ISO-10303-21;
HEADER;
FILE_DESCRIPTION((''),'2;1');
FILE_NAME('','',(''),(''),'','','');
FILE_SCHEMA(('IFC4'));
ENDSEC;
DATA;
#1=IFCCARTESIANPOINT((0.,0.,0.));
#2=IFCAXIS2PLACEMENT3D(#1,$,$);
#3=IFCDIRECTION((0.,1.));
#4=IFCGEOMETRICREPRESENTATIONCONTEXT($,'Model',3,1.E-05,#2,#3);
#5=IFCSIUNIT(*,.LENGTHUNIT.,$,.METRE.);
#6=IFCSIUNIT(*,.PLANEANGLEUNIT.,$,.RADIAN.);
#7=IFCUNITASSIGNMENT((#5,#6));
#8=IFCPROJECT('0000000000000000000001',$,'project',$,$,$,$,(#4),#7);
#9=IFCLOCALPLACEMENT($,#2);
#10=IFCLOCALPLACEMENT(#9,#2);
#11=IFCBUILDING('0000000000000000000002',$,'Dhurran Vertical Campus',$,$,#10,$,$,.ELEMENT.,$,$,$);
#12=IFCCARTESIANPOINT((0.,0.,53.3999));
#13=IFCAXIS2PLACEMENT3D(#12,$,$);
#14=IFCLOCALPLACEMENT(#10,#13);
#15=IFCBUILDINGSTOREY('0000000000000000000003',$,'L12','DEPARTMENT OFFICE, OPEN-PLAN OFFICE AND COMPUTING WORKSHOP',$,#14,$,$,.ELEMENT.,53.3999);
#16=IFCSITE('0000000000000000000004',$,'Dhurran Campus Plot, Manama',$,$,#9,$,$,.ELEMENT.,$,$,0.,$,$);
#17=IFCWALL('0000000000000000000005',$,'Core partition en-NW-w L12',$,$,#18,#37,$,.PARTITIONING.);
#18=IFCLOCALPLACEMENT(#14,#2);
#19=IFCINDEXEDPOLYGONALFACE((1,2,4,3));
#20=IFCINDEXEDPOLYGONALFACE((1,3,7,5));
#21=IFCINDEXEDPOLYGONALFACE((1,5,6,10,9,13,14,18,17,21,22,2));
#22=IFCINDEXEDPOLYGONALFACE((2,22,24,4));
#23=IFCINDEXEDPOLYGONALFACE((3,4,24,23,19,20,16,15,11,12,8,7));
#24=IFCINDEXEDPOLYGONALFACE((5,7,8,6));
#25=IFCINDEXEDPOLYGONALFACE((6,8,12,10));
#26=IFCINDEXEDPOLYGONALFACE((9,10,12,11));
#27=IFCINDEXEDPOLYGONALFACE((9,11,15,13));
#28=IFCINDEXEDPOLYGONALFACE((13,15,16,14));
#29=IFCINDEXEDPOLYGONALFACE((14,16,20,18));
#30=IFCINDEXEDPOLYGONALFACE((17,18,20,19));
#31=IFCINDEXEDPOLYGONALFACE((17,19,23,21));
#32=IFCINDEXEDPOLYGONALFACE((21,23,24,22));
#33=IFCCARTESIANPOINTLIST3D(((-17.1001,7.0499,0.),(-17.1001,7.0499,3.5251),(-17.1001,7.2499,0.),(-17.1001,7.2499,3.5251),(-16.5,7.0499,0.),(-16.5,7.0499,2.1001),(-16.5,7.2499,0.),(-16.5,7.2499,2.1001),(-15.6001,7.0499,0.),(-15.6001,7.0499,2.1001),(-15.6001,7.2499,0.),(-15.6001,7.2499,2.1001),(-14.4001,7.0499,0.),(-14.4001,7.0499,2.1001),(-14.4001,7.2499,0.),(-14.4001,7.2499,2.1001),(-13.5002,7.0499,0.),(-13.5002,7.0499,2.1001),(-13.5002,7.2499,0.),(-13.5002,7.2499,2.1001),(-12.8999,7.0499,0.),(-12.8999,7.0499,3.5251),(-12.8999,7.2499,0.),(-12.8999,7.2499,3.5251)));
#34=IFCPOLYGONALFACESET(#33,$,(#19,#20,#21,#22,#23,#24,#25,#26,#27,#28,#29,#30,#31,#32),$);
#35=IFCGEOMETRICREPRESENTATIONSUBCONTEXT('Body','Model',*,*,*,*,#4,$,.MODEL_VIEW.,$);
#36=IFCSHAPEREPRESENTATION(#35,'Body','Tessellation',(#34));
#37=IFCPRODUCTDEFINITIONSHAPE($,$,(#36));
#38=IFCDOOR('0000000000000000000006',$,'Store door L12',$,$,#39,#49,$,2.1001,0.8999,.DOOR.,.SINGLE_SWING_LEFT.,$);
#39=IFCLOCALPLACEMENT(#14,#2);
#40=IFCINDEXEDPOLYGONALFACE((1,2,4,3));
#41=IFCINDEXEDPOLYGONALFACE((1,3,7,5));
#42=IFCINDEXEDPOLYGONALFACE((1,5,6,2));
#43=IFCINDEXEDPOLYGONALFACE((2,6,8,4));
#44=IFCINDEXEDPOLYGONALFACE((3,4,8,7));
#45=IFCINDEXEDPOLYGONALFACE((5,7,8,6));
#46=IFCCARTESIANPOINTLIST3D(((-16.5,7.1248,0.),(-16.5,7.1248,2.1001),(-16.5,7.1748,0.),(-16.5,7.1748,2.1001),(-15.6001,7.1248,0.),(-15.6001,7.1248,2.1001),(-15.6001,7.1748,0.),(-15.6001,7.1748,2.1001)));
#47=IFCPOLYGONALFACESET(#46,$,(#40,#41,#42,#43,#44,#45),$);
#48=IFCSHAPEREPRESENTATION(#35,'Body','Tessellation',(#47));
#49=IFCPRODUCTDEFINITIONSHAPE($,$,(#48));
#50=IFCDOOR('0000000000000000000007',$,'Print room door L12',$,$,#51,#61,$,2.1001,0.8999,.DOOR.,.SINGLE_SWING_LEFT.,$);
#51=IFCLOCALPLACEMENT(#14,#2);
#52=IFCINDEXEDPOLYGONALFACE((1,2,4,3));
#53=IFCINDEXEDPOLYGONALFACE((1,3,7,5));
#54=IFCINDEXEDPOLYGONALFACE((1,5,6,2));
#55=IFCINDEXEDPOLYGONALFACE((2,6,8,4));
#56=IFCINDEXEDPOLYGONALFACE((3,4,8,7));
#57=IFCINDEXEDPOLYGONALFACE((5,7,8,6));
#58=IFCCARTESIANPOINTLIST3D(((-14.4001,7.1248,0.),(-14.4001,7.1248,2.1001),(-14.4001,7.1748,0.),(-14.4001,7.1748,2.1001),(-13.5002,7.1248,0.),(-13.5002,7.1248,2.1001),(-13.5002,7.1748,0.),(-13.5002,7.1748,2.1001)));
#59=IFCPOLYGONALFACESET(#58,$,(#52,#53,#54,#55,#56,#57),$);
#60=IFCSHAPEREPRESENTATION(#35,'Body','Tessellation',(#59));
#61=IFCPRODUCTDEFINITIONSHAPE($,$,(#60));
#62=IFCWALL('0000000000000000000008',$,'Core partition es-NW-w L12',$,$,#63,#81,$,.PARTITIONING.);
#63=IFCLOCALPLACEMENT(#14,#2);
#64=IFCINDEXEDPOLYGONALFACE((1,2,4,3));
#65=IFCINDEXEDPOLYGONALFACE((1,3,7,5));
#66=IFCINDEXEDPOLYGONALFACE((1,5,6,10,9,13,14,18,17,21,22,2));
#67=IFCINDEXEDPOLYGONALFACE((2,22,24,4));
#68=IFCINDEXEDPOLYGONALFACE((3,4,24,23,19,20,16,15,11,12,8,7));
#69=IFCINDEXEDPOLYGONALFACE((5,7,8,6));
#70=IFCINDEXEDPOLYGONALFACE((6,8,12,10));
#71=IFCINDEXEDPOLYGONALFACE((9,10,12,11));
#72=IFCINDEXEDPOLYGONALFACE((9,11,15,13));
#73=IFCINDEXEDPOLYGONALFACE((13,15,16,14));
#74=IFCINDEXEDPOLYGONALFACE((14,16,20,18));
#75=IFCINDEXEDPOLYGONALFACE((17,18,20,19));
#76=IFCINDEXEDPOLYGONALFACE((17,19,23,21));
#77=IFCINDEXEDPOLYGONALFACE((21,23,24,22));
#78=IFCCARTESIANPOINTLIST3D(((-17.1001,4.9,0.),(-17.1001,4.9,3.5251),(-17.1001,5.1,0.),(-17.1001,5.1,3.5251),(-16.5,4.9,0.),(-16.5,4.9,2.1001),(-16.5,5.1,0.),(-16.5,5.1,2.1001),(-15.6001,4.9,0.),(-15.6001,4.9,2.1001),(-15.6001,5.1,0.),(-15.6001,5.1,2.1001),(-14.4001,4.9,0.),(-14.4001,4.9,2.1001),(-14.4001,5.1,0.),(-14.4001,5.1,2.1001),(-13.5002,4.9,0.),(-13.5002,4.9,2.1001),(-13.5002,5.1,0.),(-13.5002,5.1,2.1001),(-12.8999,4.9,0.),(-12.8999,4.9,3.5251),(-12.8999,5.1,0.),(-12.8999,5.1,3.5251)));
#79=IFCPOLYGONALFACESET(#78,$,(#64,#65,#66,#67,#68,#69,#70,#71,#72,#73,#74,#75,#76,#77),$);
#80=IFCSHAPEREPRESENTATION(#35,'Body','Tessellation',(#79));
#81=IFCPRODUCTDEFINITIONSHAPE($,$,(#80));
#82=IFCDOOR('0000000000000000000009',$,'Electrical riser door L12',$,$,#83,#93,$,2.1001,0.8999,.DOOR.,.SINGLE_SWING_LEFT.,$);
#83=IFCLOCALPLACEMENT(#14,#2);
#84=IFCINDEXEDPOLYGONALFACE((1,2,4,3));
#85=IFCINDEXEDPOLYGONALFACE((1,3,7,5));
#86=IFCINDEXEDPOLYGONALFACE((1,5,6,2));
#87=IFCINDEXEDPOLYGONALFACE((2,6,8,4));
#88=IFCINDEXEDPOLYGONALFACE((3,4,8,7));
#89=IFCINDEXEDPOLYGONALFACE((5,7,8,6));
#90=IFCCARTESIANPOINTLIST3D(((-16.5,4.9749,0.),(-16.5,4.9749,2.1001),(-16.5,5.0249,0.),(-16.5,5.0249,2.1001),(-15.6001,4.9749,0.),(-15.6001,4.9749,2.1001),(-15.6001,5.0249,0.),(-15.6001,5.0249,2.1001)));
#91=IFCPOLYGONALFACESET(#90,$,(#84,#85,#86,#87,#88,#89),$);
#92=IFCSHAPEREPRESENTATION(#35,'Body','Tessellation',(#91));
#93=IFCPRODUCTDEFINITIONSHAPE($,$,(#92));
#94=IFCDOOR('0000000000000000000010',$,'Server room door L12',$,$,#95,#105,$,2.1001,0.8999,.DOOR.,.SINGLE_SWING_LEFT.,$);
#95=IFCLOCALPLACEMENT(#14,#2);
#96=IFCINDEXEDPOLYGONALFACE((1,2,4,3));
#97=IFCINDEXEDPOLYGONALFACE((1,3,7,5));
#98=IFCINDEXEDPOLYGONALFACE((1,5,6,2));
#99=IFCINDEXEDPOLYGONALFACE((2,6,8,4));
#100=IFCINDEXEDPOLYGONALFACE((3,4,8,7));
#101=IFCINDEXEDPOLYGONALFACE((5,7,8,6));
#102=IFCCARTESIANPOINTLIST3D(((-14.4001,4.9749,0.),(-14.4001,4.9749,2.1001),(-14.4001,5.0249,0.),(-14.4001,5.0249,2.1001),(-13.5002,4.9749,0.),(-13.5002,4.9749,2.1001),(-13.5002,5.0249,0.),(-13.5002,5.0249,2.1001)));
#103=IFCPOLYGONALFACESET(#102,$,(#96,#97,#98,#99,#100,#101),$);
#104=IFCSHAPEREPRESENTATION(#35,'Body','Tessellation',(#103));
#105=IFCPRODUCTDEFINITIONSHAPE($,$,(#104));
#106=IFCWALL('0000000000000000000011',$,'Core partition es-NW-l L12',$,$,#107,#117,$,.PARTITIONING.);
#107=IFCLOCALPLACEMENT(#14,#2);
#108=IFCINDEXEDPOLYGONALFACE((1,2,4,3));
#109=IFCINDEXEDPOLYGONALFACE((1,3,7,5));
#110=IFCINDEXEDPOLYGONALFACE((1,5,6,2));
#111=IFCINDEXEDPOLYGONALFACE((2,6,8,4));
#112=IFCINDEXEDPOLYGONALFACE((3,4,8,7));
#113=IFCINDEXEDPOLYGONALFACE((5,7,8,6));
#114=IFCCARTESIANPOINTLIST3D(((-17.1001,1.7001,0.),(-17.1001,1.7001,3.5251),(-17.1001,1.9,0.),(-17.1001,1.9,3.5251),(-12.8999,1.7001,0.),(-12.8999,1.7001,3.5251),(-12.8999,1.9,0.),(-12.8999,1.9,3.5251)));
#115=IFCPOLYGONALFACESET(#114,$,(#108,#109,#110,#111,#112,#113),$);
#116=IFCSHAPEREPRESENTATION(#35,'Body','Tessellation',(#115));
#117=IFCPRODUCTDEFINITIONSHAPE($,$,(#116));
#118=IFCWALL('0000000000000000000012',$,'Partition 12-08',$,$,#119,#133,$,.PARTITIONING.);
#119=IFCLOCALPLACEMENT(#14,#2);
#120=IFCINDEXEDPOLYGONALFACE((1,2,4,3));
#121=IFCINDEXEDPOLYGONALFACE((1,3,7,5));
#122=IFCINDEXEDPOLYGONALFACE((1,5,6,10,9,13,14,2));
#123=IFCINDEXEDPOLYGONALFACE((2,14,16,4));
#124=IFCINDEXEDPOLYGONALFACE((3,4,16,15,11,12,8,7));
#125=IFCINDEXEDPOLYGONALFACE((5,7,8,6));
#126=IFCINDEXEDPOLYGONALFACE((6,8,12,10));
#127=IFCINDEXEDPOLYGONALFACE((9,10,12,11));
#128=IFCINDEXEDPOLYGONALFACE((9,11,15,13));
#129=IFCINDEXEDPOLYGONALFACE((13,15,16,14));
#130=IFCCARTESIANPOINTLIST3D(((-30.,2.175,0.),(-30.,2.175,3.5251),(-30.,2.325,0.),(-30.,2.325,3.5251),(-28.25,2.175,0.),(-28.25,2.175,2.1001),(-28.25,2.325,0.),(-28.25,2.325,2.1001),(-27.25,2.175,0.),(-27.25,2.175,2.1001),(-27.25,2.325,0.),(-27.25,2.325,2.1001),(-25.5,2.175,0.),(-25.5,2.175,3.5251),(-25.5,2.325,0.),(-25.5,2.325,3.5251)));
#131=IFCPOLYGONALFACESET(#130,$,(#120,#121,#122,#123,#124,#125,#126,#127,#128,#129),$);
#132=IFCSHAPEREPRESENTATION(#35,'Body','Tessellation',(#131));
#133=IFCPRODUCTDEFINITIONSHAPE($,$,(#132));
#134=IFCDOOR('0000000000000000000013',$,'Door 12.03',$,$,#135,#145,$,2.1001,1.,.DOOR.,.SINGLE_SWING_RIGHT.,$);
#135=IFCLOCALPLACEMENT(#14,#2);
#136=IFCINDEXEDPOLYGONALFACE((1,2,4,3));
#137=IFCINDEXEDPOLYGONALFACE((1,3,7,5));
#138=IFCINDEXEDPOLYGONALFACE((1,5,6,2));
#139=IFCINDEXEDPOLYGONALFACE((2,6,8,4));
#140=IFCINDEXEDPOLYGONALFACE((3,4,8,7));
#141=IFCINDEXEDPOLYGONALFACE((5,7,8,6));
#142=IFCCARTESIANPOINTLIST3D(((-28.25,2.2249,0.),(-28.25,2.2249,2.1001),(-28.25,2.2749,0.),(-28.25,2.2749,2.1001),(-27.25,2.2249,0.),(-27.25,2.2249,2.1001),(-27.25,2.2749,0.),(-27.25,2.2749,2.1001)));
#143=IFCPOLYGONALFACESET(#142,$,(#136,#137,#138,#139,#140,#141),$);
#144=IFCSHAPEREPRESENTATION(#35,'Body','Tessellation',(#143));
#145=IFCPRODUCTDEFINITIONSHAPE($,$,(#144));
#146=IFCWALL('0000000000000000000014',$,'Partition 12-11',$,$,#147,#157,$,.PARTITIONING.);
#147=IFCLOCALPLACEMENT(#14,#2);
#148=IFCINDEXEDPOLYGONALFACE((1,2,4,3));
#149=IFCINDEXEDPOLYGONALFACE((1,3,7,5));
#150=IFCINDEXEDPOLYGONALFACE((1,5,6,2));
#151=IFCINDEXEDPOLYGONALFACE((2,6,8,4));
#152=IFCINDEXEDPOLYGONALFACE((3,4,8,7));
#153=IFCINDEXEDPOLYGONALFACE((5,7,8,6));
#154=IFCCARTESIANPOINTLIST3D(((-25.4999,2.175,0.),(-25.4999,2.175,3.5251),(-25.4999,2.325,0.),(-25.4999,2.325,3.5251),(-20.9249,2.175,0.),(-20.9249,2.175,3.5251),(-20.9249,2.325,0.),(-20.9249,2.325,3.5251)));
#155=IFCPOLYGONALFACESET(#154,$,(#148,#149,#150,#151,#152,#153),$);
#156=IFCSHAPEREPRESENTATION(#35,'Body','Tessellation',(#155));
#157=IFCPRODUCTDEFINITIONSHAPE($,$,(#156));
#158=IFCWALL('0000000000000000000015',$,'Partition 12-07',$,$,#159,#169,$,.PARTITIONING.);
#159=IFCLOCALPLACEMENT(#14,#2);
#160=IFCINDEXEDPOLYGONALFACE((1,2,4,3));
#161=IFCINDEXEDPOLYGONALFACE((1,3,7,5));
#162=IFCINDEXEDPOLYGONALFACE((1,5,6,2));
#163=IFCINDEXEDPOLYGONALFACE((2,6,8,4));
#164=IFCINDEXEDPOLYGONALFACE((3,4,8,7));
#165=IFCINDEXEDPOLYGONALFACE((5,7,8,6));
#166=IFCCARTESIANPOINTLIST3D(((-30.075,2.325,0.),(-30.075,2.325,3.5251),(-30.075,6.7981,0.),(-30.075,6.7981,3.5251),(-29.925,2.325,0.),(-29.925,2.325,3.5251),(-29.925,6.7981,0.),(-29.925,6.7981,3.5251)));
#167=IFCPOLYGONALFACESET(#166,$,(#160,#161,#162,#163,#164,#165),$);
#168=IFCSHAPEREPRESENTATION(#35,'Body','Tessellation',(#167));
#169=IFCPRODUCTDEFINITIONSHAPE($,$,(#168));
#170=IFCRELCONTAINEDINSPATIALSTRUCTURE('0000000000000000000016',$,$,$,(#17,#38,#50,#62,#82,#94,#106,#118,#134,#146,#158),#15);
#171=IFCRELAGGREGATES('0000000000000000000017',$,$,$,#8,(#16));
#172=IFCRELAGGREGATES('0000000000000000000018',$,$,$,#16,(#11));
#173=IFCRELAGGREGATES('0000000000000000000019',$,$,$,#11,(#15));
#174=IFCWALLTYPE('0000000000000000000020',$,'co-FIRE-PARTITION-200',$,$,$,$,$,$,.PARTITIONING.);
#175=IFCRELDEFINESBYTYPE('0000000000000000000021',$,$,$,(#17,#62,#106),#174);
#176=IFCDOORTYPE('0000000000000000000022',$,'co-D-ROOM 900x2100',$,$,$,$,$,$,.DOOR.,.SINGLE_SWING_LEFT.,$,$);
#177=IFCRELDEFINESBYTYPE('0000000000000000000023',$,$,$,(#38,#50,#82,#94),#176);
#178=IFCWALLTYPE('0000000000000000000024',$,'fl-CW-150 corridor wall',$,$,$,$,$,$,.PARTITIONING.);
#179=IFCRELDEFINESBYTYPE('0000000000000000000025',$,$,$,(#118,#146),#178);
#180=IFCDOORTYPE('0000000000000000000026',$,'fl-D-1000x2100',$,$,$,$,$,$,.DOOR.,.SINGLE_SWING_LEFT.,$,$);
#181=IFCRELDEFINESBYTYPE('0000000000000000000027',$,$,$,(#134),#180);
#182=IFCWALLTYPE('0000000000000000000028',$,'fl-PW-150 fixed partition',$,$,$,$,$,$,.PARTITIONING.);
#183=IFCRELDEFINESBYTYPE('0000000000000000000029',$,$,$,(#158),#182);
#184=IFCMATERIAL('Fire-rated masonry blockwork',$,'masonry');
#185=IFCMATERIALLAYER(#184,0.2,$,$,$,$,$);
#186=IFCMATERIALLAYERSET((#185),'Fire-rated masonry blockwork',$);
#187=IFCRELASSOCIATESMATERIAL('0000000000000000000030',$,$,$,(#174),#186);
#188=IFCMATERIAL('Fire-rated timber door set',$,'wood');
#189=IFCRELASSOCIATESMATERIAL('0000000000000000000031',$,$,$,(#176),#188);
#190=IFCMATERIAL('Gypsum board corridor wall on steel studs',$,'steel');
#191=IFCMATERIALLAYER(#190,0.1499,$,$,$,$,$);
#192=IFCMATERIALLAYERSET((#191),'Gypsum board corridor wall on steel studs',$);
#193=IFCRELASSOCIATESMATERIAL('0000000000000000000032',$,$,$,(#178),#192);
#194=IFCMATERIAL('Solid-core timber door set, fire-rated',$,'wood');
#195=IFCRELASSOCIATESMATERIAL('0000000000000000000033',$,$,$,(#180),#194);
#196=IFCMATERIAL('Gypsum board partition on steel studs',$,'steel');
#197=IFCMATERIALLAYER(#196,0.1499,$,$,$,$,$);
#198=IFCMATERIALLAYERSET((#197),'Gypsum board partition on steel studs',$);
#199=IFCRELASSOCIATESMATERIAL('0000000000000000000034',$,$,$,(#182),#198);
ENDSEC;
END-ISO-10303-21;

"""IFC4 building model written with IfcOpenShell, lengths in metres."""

from ifc_helpers import new_model, si_unit, direction, frame, frame_2d, origin, place, context, subcontext, project, spatial, rectangle, extrude, material, layer, layer_set, type_object, element, fill, save


model = new_model("IFC4")

# Units and contexts
model_context = context("Model", 3, precision=1e-05, world=origin(), true_north=direction((0.0, 1.0)))
body_context = subcontext(model_context, "Body", "Model", "MODEL_VIEW")
ifc_project = project(units=[si_unit("LENGTHUNIT", "METRE"), si_unit("PLANEANGLEUNIT", "RADIAN")], contexts=[model_context])

# Site, building, storey
site_placement = place(None, origin())
site = spatial("IfcSite", under=ifc_project, at=site_placement, Name="Dhurran Campus Plot, Manama", CompositionType="ELEMENT", RefElevation=0.0)
building_placement = place(site_placement, origin())
building = spatial("IfcBuilding", under=site, at=building_placement, Name="Dhurran Vertical Campus", CompositionType="ELEMENT")
storey_placement = place(building_placement, frame((0.0, 0.0, 53.3999)))
storey = spatial("IfcBuildingStorey", under=building, at=storey_placement, Name="L12", Description="DEPARTMENT OFFICE, OPEN-PLAN OFFICE AND COMPUTING WORKSHOP", CompositionType="ELEMENT", Elevation=53.3999)

# Walls, openings, doors
ifc_material_1 = material(Name="Fire-rated masonry blockwork", Category="masonry")
ifc_layer_1 = layer(ifc_material_1, 0.2)
ifc_layer_set_1 = layer_set([ifc_layer_1], Name="Fire-rated masonry blockwork")
wall_type_1 = type_object("IfcWallType", Name="co-FIRE-PARTITION-200", PredefinedType="PARTITIONING", material=ifc_layer_set_1)
wall_1_placement = place(storey_placement, frame((-17.1001, 7.1499, 0.0), z_axis=(0.0, 0.0, 1.0), x_axis=(1.0, 0.0, 0.0)))
wall_1 = element("IfcWall", 1, at=wall_1_placement, inside=storey, type_object=wall_type_1, Name="Core partition en-NW-w L12", PredefinedType="PARTITIONING", context=body_context, shape_type="SweptSolid", body=[
    extrude(rectangle(XDim=4.2002, YDim=0.2, at=frame_2d((2.1001, 0.0))), origin(), (0.0, 0.0, 1.0), 3.5251),
])
opening_1_placement = place(wall_1_placement, frame((0.6001, 0.0, 0.0)))
opening_1 = element("IfcOpeningElement", 2, at=opening_1_placement, cuts=wall_1, PredefinedType="OPENING", context=body_context, shape_type="SweptSolid", body=[
    extrude(rectangle(XDim=0.8999, YDim=2.1001, at=frame_2d((0.45, 1.05))), frame((0.0, 0.1099, 0.0), z_axis=(0.0, -1.0, 0.0), x_axis=(1.0, 0.0, 0.0)), (0.0, 0.0, 1.0), 0.22),
])
opening_2_placement = place(wall_1_placement, frame((2.7, 0.0, 0.0)))
opening_2 = element("IfcOpeningElement", 3, at=opening_2_placement, cuts=wall_1, PredefinedType="OPENING", context=body_context, shape_type="SweptSolid", body=[
    extrude(rectangle(XDim=0.8999, YDim=2.1001, at=frame_2d((0.45, 1.05))), frame((0.0, 0.1099, 0.0), z_axis=(0.0, -1.0, 0.0), x_axis=(1.0, 0.0, 0.0)), (0.0, 0.0, 1.0), 0.22),
])
ifc_material_2 = material(Name="Fire-rated timber door set", Category="wood")
door_type_1 = type_object("IfcDoorType", Name="co-D-ROOM 900x2100", OperationType="SINGLE_SWING_LEFT", PredefinedType="DOOR", material=ifc_material_2)
door_1_placement = place(opening_1_placement, origin())
door_1 = element("IfcDoor", 4, at=door_1_placement, inside=storey, type_object=door_type_1, Name="Store door L12", OperationType="SINGLE_SWING_LEFT", OverallHeight=2.1001, OverallWidth=0.8999, PredefinedType="DOOR", context=body_context, shape_type="SweptSolid", body=[
    extrude(rectangle(XDim=0.8999, YDim=2.1001, at=frame_2d((0.45, 1.05))), frame((0.0, 0.0249, 0.0), z_axis=(0.0, -1.0, 0.0), x_axis=(1.0, 0.0, 0.0)), (0.0, 0.0, 1.0), 0.05),
])
fill(opening_1, door_1)
door_2_placement = place(opening_2_placement, origin())
door_2 = element("IfcDoor", 5, at=door_2_placement, inside=storey, type_object=door_type_1, Name="Print room door L12", OperationType="SINGLE_SWING_LEFT", OverallHeight=2.1001, OverallWidth=0.8999, PredefinedType="DOOR", context=body_context, shape_type="SweptSolid", body=[
    extrude(rectangle(XDim=0.8999, YDim=2.1001, at=frame_2d((0.45, 1.05))), frame((0.0, 0.0249, 0.0), z_axis=(0.0, -1.0, 0.0), x_axis=(1.0, 0.0, 0.0)), (0.0, 0.0, 1.0), 0.05),
])
fill(opening_2, door_2)
wall_2_placement = place(storey_placement, frame((-17.1001, 5.0, 0.0), z_axis=(0.0, 0.0, 1.0), x_axis=(1.0, 0.0, 0.0)))
wall_2 = element("IfcWall", 6, at=wall_2_placement, inside=storey, type_object=wall_type_1, Name="Core partition es-NW-w L12", PredefinedType="PARTITIONING", context=body_context, shape_type="SweptSolid", body=[
    extrude(rectangle(XDim=4.2002, YDim=0.2, at=frame_2d((2.1001, 0.0))), origin(), (0.0, 0.0, 1.0), 3.5251),
])
opening_3_placement = place(wall_2_placement, frame((0.6001, 0.0, 0.0)))
opening_3 = element("IfcOpeningElement", 7, at=opening_3_placement, cuts=wall_2, PredefinedType="OPENING", context=body_context, shape_type="SweptSolid", body=[
    extrude(rectangle(XDim=0.8999, YDim=2.1001, at=frame_2d((0.45, 1.05))), frame((0.0, 0.1099, 0.0), z_axis=(0.0, -1.0, 0.0), x_axis=(1.0, 0.0, 0.0)), (0.0, 0.0, 1.0), 0.22),
])
opening_4_placement = place(wall_2_placement, frame((2.7, 0.0, 0.0)))
opening_4 = element("IfcOpeningElement", 8, at=opening_4_placement, cuts=wall_2, PredefinedType="OPENING", context=body_context, shape_type="SweptSolid", body=[
    extrude(rectangle(XDim=0.8999, YDim=2.1001, at=frame_2d((0.45, 1.05))), frame((0.0, 0.1099, 0.0), z_axis=(0.0, -1.0, 0.0), x_axis=(1.0, 0.0, 0.0)), (0.0, 0.0, 1.0), 0.22),
])
door_3_placement = place(opening_3_placement, origin())
door_3 = element("IfcDoor", 9, at=door_3_placement, inside=storey, type_object=door_type_1, Name="Electrical riser door L12", OperationType="SINGLE_SWING_LEFT", OverallHeight=2.1001, OverallWidth=0.8999, PredefinedType="DOOR", context=body_context, shape_type="SweptSolid", body=[
    extrude(rectangle(XDim=0.8999, YDim=2.1001, at=frame_2d((0.45, 1.05))), frame((0.0, 0.0249, 0.0), z_axis=(0.0, -1.0, 0.0), x_axis=(1.0, 0.0, 0.0)), (0.0, 0.0, 1.0), 0.05),
])
fill(opening_3, door_3)
door_4_placement = place(opening_4_placement, origin())
door_4 = element("IfcDoor", 10, at=door_4_placement, inside=storey, type_object=door_type_1, Name="Server room door L12", OperationType="SINGLE_SWING_LEFT", OverallHeight=2.1001, OverallWidth=0.8999, PredefinedType="DOOR", context=body_context, shape_type="SweptSolid", body=[
    extrude(rectangle(XDim=0.8999, YDim=2.1001, at=frame_2d((0.45, 1.05))), frame((0.0, 0.0249, 0.0), z_axis=(0.0, -1.0, 0.0), x_axis=(1.0, 0.0, 0.0)), (0.0, 0.0, 1.0), 0.05),
])
fill(opening_4, door_4)

# Wall
wall_3_placement = place(storey_placement, frame((-17.1001, 1.8, 0.0), z_axis=(0.0, 0.0, 1.0), x_axis=(1.0, 0.0, 0.0)))
element("IfcWall", 11, at=wall_3_placement, inside=storey, type_object=wall_type_1, Name="Core partition es-NW-l L12", PredefinedType="PARTITIONING", context=body_context, shape_type="SweptSolid", body=[
    extrude(rectangle(XDim=4.2002, YDim=0.2, at=frame_2d((2.1001, 0.0))), origin(), (0.0, 0.0, 1.0), 3.5251),
])

# Wall, opening, door
ifc_material_3 = material(Name="Gypsum board corridor wall on steel studs", Category="steel")
ifc_layer_2 = layer(ifc_material_3, 0.1499)
ifc_layer_set_2 = layer_set([ifc_layer_2], Name="Gypsum board corridor wall on steel studs")
wall_type_2 = type_object("IfcWallType", Name="fl-CW-150 corridor wall", PredefinedType="PARTITIONING", material=ifc_layer_set_2)
wall_4_placement = place(storey_placement, frame((-30.0, 2.25, 0.0), z_axis=(0.0, 0.0, 1.0), x_axis=(1.0, 0.0, 0.0)))
wall_4 = element("IfcWall", 12, at=wall_4_placement, inside=storey, type_object=wall_type_2, Name="Partition 12-08", PredefinedType="PARTITIONING", context=body_context, shape_type="SweptSolid", body=[
    extrude(rectangle(XDim=4.5, YDim=0.1499, at=frame_2d((2.25, 0.0))), origin(), (0.0, 0.0, 1.0), 3.5251),
])
opening_5_placement = place(wall_4_placement, frame((1.75, 0.0, 0.0)))
opening_5 = element("IfcOpeningElement", 13, at=opening_5_placement, cuts=wall_4, PredefinedType="OPENING", context=body_context, shape_type="SweptSolid", body=[
    extrude(rectangle(XDim=1.0, YDim=2.1001, at=frame_2d((0.5, 1.05))), frame((0.0, 0.085, 0.0), z_axis=(0.0, -1.0, 0.0), x_axis=(1.0, 0.0, 0.0)), (0.0, 0.0, 1.0), 0.1699),
])
ifc_material_4 = material(Name="Solid-core timber door set, fire-rated", Category="wood")
door_type_2 = type_object("IfcDoorType", Name="fl-D-1000x2100", OperationType="SINGLE_SWING_LEFT", PredefinedType="DOOR", material=ifc_material_4)
door_5_placement = place(opening_5_placement, origin())
door_5 = element("IfcDoor", 14, at=door_5_placement, inside=storey, type_object=door_type_2, Name="Door 12.03", OperationType="SINGLE_SWING_RIGHT", OverallHeight=2.1001, OverallWidth=1.0, PredefinedType="DOOR", context=body_context, shape_type="SweptSolid", body=[
    extrude(rectangle(XDim=1.0, YDim=2.1001, at=frame_2d((0.5, 1.05))), frame((0.0, 0.0249, 0.0), z_axis=(0.0, -1.0, 0.0), x_axis=(1.0, 0.0, 0.0)), (0.0, 0.0, 1.0), 0.05),
])
fill(opening_5, door_5)

# Walls
wall_5_placement = place(storey_placement, frame((-25.5, 2.25, 0.0), z_axis=(0.0, 0.0, 1.0), x_axis=(1.0, 0.0, 0.0)))
element("IfcWall", 15, at=wall_5_placement, inside=storey, type_object=wall_type_2, Name="Partition 12-11", PredefinedType="PARTITIONING", context=body_context, shape_type="SweptSolid", body=[
    extrude(rectangle(XDim=4.575, YDim=0.1499, at=frame_2d((2.2876, 0.0))), origin(), (0.0, 0.0, 1.0), 3.5251),
])
ifc_material_5 = material(Name="Gypsum board partition on steel studs", Category="steel")
ifc_layer_3 = layer(ifc_material_5, 0.1499)
ifc_layer_set_3 = layer_set([ifc_layer_3], Name="Gypsum board partition on steel studs")
wall_type_3 = type_object("IfcWallType", Name="fl-PW-150 fixed partition", PredefinedType="PARTITIONING", material=ifc_layer_set_3)
wall_6_placement = place(storey_placement, frame((-30.0, 6.7981, 0.0), z_axis=(0.0, 0.0, 1.0), x_axis=(0.0, -1.0, 0.0)))
element("IfcWall", 16, at=wall_6_placement, inside=storey, type_object=wall_type_3, Name="Partition 12-07", PredefinedType="PARTITIONING", context=body_context, shape_type="SweptSolid", body=[
    extrude(rectangle(XDim=4.4731, YDim=0.1499, at=frame_2d((2.2366, 0.0))), origin(), (0.0, 0.0, 1.0), 3.5251),
])

save(model, "model.ifc")
